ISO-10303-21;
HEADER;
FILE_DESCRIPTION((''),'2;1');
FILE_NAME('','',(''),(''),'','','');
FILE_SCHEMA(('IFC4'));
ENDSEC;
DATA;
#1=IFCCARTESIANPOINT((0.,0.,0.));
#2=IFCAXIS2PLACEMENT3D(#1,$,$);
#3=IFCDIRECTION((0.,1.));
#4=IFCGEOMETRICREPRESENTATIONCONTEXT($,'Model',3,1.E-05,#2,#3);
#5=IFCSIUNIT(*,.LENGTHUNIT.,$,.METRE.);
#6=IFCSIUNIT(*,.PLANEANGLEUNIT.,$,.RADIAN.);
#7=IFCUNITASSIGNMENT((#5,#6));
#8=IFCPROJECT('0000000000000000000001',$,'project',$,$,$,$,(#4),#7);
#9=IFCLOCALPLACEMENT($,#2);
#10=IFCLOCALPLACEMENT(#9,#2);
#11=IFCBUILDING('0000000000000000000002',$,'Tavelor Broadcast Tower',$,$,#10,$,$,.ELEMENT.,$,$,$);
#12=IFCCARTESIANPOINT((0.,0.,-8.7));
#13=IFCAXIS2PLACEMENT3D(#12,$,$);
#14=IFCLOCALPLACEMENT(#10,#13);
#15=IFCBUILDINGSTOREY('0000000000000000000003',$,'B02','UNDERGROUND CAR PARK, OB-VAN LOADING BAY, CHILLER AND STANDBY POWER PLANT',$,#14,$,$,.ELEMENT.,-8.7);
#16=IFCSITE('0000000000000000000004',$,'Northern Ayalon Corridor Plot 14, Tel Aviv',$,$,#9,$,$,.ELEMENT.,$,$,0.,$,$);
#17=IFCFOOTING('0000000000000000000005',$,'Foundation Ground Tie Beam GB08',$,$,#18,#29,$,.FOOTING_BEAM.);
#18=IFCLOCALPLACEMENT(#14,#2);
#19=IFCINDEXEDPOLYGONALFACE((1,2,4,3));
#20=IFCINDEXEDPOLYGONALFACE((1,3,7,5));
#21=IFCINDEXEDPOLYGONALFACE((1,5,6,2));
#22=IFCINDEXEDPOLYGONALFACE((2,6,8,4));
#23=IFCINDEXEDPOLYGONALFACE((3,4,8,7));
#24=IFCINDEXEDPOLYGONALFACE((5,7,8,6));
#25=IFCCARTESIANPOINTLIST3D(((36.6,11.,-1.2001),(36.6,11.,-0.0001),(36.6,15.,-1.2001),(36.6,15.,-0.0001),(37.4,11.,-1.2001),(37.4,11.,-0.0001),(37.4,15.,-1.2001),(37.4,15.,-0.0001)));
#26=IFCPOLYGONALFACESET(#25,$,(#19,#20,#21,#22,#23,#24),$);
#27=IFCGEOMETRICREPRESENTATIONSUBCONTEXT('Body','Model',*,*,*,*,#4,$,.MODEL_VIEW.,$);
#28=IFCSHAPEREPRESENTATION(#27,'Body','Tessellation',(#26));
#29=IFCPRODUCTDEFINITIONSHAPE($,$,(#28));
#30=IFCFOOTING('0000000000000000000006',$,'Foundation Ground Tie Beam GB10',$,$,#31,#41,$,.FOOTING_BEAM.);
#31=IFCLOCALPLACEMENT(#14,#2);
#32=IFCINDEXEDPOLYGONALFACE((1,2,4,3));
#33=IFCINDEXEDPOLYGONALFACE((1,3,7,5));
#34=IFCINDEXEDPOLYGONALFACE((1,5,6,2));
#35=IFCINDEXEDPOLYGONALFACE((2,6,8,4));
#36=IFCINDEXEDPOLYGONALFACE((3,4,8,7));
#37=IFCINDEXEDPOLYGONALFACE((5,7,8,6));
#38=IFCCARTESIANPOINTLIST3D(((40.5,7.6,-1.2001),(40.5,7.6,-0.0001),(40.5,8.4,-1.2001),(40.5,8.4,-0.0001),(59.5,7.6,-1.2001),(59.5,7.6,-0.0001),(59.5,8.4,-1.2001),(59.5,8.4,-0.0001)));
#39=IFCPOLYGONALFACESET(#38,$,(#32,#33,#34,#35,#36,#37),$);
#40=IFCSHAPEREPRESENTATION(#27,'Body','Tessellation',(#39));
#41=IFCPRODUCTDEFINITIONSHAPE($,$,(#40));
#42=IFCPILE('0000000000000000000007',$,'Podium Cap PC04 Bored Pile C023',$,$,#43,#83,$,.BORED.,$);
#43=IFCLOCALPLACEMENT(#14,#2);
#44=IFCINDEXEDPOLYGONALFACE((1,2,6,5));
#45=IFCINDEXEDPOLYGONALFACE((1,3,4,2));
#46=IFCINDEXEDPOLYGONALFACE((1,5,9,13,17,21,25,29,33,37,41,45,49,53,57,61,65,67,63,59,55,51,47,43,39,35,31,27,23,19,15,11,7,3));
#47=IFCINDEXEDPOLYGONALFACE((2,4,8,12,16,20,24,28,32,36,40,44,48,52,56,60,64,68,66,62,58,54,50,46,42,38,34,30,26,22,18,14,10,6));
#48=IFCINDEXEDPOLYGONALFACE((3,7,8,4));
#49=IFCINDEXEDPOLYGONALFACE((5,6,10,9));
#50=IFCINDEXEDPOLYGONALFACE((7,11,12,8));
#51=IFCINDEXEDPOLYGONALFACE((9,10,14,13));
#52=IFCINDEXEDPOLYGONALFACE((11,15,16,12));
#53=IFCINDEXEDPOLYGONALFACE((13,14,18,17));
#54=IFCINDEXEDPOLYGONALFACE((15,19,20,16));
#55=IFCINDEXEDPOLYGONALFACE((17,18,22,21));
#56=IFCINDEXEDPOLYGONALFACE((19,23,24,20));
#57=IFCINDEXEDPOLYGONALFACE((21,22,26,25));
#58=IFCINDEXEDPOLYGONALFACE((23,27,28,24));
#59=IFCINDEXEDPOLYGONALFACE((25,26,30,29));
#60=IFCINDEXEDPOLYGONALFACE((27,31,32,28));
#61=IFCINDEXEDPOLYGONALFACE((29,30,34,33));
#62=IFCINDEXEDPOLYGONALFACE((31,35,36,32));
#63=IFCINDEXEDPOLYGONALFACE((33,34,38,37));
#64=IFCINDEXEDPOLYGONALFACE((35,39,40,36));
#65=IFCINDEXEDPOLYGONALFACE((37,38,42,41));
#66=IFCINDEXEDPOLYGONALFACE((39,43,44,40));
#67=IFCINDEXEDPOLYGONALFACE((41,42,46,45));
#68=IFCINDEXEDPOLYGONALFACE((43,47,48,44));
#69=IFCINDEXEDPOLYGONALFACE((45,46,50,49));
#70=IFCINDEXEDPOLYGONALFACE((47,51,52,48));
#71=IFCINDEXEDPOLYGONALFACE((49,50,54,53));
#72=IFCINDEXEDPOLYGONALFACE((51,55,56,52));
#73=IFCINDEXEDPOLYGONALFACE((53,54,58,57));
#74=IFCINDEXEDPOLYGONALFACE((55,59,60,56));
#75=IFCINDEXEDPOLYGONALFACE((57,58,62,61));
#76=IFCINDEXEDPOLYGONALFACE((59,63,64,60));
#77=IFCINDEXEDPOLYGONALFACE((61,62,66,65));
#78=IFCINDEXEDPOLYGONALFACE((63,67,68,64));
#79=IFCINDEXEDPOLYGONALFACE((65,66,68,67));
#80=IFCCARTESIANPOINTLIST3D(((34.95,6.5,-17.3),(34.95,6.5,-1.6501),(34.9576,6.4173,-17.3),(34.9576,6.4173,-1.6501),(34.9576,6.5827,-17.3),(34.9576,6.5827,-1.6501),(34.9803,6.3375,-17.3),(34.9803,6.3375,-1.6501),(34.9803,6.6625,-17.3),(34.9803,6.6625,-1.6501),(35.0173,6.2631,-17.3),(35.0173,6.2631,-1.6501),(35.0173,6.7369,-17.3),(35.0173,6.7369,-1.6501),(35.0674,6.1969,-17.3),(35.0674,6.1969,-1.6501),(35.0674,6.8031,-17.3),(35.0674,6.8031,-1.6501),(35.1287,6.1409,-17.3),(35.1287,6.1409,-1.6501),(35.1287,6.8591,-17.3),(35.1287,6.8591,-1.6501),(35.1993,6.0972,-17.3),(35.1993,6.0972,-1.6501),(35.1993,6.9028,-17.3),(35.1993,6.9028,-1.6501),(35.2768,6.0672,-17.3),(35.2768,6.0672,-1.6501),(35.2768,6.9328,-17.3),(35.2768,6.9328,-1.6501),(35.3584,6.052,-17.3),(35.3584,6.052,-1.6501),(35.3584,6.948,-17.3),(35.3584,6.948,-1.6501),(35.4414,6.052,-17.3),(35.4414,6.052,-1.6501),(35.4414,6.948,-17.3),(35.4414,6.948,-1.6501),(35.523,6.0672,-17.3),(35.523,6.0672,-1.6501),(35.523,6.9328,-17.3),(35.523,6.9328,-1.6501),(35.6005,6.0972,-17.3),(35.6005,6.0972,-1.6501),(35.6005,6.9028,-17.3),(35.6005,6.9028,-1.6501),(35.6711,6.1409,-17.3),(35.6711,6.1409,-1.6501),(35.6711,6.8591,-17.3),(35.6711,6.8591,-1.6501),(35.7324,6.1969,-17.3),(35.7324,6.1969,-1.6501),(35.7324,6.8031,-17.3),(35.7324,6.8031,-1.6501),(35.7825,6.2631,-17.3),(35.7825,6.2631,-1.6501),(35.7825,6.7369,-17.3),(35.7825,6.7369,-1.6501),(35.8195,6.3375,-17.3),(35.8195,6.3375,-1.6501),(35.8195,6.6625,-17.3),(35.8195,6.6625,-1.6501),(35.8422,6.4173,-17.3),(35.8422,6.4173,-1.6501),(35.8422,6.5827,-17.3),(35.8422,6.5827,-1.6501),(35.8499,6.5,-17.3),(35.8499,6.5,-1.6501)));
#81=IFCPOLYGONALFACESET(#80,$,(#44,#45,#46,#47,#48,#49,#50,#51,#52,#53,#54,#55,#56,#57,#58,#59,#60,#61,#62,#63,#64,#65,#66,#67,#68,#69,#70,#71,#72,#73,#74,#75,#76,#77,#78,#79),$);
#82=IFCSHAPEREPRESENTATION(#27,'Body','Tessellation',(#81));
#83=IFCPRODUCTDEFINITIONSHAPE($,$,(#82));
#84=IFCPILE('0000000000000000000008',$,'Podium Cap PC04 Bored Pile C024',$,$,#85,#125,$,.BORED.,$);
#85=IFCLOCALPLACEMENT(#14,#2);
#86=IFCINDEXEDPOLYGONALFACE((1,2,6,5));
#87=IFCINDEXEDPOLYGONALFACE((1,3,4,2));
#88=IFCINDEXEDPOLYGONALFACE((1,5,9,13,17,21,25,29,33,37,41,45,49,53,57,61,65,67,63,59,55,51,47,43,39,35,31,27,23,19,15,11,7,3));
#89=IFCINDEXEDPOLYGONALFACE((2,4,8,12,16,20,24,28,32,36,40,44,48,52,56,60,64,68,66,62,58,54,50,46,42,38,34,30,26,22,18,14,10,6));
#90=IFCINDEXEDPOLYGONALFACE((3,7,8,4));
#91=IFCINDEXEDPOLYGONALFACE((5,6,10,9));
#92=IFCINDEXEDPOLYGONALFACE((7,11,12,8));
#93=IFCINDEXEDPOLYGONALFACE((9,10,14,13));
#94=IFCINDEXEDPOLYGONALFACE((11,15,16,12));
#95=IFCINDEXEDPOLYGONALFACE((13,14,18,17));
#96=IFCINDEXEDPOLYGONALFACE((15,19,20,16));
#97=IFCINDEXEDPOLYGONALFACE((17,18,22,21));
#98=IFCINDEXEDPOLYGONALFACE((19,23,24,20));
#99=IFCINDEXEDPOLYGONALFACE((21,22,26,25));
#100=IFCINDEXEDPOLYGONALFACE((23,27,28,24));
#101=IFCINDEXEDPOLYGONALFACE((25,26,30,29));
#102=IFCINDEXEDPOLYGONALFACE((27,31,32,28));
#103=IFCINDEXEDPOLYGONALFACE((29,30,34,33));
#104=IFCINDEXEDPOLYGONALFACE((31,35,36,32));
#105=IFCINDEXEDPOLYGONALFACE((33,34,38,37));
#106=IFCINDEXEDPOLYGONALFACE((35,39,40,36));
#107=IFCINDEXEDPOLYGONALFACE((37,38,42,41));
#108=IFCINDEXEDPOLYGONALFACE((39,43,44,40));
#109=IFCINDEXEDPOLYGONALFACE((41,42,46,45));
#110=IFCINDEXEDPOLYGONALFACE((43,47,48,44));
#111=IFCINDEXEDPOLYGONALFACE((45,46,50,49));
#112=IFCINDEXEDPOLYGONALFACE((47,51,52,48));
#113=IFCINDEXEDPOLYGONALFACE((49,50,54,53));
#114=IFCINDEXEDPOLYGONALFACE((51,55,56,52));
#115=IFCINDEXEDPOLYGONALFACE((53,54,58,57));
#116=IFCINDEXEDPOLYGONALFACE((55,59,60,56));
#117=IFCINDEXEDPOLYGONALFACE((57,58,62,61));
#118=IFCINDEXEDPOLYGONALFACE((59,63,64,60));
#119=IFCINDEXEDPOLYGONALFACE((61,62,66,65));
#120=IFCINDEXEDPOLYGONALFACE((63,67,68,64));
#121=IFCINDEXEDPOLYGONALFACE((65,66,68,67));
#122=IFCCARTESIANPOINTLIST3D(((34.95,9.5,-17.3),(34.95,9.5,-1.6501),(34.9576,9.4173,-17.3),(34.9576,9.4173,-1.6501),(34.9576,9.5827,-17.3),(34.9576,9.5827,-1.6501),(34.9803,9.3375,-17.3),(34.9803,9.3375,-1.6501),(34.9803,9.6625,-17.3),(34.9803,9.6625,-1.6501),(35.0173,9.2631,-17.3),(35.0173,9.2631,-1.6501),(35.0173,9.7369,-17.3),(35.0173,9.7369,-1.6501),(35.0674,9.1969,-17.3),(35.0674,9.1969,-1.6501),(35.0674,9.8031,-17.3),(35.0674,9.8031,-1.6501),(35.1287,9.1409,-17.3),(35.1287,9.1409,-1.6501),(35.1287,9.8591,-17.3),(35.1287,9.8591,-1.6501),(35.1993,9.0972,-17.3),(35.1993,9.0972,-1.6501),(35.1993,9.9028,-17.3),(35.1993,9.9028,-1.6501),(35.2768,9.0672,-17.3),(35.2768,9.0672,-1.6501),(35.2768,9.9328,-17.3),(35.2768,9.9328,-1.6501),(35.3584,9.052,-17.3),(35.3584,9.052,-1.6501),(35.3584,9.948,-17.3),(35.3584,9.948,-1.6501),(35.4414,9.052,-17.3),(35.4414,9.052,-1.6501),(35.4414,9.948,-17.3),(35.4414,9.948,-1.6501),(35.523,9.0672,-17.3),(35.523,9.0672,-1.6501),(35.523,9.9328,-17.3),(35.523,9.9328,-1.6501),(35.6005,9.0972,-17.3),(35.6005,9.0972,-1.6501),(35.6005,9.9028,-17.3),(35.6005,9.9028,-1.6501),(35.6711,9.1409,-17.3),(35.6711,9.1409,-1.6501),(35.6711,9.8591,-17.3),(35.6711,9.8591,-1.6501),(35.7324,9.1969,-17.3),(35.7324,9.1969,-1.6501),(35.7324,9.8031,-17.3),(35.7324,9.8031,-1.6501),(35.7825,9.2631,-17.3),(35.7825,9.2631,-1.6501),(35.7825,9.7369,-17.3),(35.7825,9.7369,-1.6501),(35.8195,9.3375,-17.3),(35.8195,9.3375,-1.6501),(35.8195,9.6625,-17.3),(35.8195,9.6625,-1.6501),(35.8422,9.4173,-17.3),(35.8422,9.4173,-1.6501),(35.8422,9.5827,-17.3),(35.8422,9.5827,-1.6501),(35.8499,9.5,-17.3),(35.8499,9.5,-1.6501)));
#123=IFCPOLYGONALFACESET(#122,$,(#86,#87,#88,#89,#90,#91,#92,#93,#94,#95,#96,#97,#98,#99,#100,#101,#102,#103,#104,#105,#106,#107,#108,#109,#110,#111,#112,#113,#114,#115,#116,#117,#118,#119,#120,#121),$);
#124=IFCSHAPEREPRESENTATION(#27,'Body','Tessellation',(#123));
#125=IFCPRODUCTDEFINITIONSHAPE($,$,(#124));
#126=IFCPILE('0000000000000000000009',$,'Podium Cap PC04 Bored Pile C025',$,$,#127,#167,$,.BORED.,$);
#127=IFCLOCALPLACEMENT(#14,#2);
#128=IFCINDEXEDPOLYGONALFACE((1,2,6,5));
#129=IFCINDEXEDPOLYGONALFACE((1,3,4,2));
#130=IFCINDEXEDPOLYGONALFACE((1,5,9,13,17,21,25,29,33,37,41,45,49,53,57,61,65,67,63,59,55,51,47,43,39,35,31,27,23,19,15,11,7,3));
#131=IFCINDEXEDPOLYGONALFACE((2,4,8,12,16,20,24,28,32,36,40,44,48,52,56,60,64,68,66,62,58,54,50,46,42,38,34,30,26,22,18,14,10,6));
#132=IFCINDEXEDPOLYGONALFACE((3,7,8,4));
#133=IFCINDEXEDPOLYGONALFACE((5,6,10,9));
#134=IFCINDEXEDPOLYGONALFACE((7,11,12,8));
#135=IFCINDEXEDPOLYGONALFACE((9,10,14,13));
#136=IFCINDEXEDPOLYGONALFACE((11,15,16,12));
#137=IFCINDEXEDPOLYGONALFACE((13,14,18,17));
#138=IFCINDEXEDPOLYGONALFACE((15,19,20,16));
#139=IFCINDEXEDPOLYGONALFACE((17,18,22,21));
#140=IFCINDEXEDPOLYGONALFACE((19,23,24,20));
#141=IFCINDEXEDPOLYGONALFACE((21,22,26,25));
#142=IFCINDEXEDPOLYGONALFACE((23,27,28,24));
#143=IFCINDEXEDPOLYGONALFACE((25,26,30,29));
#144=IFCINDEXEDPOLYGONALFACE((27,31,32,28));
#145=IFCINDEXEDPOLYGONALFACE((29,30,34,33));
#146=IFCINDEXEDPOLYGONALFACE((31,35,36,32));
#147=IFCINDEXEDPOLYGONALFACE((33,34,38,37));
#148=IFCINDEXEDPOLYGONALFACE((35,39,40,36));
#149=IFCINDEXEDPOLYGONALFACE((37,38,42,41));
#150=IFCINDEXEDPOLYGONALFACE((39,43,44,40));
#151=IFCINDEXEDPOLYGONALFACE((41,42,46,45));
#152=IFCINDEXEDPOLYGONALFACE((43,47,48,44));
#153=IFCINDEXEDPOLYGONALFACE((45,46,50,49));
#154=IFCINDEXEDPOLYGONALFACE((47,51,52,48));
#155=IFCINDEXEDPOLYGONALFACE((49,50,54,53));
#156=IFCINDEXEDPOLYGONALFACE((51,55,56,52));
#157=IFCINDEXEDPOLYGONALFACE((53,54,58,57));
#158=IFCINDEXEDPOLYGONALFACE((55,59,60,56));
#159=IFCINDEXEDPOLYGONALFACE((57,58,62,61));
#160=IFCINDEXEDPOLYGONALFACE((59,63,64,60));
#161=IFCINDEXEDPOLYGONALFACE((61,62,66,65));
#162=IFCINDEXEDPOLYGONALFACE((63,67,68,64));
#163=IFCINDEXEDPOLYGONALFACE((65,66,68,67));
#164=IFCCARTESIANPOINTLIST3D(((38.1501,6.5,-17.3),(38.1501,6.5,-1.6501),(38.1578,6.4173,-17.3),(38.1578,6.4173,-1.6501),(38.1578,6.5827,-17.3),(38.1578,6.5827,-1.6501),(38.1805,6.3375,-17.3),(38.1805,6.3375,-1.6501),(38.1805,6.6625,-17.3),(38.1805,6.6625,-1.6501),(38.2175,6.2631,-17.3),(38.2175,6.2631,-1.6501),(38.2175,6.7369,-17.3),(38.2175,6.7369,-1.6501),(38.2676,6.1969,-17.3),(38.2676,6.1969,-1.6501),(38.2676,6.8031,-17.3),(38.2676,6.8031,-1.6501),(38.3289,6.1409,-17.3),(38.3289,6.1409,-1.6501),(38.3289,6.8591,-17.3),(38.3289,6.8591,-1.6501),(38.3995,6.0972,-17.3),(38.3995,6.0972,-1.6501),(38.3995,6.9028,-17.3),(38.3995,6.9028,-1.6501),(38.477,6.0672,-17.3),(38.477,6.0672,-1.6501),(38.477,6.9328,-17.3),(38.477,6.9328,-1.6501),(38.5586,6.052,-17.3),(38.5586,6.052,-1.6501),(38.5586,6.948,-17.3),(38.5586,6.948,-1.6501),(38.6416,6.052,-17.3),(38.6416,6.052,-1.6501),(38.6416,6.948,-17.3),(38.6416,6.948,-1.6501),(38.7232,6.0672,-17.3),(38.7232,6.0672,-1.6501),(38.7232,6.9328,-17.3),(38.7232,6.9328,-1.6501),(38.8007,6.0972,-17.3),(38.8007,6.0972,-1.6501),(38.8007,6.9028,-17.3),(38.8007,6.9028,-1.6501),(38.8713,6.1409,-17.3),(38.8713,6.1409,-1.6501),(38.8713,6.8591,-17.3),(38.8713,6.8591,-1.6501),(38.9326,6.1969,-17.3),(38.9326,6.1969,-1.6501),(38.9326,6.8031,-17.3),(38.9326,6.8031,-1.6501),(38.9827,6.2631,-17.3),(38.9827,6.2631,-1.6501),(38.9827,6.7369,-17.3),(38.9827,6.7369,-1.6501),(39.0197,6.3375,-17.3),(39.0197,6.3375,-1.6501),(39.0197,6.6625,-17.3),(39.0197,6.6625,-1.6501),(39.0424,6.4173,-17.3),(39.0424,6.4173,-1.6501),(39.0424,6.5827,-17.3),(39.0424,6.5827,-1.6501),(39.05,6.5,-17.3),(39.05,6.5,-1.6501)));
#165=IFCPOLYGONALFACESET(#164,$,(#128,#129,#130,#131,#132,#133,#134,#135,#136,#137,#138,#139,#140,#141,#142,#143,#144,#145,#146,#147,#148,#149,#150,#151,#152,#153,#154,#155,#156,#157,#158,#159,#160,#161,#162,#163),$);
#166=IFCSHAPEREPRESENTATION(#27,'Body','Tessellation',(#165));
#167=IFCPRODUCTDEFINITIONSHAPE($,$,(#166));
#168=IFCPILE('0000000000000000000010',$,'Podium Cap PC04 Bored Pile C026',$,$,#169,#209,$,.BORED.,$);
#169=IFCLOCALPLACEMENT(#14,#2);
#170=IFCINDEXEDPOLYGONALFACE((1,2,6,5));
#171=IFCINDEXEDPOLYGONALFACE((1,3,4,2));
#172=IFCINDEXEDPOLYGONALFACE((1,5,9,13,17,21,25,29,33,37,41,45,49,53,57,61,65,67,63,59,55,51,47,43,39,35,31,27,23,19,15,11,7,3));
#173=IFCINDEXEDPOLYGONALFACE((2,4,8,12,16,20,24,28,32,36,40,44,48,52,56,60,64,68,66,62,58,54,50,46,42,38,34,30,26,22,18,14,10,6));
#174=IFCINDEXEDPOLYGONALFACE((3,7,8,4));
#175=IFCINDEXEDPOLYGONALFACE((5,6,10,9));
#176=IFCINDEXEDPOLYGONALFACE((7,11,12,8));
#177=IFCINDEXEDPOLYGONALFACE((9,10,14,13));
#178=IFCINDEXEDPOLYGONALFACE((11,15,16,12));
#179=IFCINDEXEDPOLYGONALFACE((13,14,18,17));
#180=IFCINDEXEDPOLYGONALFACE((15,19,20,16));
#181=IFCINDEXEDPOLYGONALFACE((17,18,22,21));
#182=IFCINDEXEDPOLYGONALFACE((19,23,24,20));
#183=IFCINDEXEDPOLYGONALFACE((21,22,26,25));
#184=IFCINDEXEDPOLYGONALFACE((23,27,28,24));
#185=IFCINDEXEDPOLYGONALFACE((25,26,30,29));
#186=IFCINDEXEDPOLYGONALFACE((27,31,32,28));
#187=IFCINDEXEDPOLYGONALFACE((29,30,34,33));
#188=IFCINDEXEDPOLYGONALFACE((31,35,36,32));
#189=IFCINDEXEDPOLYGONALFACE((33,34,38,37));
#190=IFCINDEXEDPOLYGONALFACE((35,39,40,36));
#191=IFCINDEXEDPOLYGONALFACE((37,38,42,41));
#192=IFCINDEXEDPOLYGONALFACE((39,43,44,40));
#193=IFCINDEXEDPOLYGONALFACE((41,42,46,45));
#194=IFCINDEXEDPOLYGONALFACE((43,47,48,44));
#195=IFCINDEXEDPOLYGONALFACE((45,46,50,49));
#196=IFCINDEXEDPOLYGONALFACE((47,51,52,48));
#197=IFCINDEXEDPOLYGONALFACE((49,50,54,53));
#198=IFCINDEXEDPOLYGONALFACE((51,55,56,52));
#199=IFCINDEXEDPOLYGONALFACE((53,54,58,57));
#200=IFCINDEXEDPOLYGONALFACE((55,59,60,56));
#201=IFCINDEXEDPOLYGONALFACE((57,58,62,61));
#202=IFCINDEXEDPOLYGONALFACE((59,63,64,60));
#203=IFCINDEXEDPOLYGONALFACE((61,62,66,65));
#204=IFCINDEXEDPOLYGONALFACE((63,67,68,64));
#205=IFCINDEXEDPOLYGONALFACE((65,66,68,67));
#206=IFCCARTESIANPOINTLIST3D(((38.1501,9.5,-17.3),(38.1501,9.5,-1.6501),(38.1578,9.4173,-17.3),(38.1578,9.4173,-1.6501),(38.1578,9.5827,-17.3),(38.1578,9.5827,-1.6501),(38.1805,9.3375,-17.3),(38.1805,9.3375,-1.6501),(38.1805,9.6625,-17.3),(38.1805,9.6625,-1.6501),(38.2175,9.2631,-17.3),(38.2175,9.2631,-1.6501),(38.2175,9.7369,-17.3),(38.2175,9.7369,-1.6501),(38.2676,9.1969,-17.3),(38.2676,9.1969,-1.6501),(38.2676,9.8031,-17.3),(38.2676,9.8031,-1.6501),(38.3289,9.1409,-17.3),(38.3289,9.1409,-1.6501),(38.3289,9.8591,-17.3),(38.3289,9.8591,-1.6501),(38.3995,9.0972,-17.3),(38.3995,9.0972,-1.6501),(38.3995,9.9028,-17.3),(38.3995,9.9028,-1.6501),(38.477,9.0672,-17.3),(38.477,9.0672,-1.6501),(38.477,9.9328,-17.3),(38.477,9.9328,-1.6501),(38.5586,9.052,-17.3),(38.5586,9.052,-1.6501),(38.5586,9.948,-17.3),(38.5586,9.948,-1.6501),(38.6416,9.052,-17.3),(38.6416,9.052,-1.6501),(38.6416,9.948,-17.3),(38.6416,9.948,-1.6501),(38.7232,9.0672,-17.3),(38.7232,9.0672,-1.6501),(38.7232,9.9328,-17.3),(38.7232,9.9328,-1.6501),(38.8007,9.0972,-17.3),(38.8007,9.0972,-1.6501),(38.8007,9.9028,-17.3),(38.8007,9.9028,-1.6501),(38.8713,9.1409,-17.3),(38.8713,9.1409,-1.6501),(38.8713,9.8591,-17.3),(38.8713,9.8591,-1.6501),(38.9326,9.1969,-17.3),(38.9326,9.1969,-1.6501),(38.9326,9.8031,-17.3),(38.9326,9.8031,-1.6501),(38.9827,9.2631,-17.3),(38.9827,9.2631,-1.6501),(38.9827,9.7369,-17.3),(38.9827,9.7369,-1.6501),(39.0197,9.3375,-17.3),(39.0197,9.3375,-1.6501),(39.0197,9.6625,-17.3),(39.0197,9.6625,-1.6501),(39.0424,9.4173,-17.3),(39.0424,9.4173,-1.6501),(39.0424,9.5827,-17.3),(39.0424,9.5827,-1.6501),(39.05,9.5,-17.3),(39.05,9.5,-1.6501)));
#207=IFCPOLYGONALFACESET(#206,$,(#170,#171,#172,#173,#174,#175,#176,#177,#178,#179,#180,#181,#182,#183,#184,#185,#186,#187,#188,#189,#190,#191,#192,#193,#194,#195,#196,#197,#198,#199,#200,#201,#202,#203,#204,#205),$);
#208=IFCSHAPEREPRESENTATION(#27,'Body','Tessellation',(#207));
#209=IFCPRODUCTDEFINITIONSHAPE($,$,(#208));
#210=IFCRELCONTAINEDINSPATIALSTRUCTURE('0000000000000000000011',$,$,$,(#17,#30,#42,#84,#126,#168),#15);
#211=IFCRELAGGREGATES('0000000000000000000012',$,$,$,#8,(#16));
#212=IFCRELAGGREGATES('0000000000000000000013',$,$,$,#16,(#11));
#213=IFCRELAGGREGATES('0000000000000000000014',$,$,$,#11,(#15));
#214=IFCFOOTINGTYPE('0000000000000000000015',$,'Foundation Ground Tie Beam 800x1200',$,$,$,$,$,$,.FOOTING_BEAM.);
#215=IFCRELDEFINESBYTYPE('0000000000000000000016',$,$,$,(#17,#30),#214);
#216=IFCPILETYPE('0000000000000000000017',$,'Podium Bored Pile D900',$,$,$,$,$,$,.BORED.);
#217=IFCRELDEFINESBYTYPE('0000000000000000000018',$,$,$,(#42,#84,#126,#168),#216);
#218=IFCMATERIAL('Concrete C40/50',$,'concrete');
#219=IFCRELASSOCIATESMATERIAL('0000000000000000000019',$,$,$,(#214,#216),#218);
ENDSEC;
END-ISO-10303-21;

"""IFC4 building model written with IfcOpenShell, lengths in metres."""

from ifc_helpers import new_model, si_unit, direction, frame, origin, origin_2d, place, context, subcontext, project, spatial, rectangle, circle, extrude, material, material_profile, profile_set, type_object, element, save


model = new_model("IFC4")

# Units and contexts
model_context = context("Model", 3, precision=1e-05, world=origin(), true_north=direction((0.0, 1.0)))
body_context = subcontext(model_context, "Body", "Model", "MODEL_VIEW")
ifc_project = project(units=[si_unit("LENGTHUNIT", "METRE"), si_unit("PLANEANGLEUNIT", "RADIAN")], contexts=[model_context])

# Site, building, storey
site_placement = place(None, origin())
site = spatial("IfcSite", under=ifc_project, at=site_placement, Name="Northern Ayalon Corridor Plot 14, Tel Aviv", CompositionType="ELEMENT", RefElevation=0.0)
building_placement = place(site_placement, origin())
building = spatial("IfcBuilding", under=site, at=building_placement, Name="Tavelor Broadcast Tower", CompositionType="ELEMENT")
storey_placement = place(building_placement, frame((0.0, 0.0, -8.7)))
storey = spatial("IfcBuildingStorey", under=building, at=storey_placement, Name="B02", Description="UNDERGROUND CAR PARK, OB-VAN LOADING BAY, CHILLER AND STANDBY POWER PLANT", CompositionType="ELEMENT", Elevation=-8.7)

# Footings
ifc_material_1 = material(Name="Concrete C40/50", Category="concrete")
ifc_material_profile_1 = material_profile(ifc_material_1, rectangle(XDim=0.8, YDim=1.2, at=origin_2d()), Name="RC 800x1200")
ifc_profile_set_1 = profile_set([ifc_material_profile_1], Name="Concrete C40/50")
footing_type = type_object("IfcFootingType", Name="Foundation Ground Tie Beam 800x1200", PredefinedType="FOOTING_BEAM", material=ifc_profile_set_1)
footing_1_placement = place(storey_placement, frame((37.0, 11.0, -0.6001), z_axis=(0.0, 1.0, 0.0), x_axis=(-1.0, 0.0, 0.0)))
element("IfcFooting", 1, at=footing_1_placement, inside=storey, type_object=footing_type, Name="Foundation Ground Tie Beam GB08", PredefinedType="FOOTING_BEAM", context=body_context, shape_type="SweptSolid", body=[
    extrude(rectangle(XDim=0.8, YDim=1.2, at=origin_2d()), origin(), (0.0, 0.0, 1.0), 4.0),
])
footing_2_placement = place(storey_placement, frame((40.5, 8.0, -0.6001), z_axis=(1.0, 0.0, 0.0), x_axis=(0.0, 1.0, 0.0)))
element("IfcFooting", 2, at=footing_2_placement, inside=storey, type_object=footing_type, Name="Foundation Ground Tie Beam GB10", PredefinedType="FOOTING_BEAM", context=body_context, shape_type="SweptSolid", body=[
    extrude(rectangle(XDim=0.8, YDim=1.2, at=origin_2d()), origin(), (0.0, 0.0, 1.0), 19.0),
])

# Piles
ifc_material_profile_2 = material_profile(ifc_material_1, circle(Radius=0.45, at=origin_2d()), Name="PILE D900")
ifc_profile_set_2 = profile_set([ifc_material_profile_2], Name="Concrete C40/50")
pile_type_1 = type_object("IfcPileType", Name="Podium Bored Pile D900", PredefinedType="BORED", material=ifc_profile_set_2)
for number, where, z_axis, x_axis, name in (
    (3, (35.3999, 6.5, -1.6501), (0.0, 0.0, -1.0), (1.0, 0.0, 0.0), "Podium Cap PC04 Bored Pile C023"),
    (4, (35.3999, 9.5, -1.6501), (0.0, 0.0, -1.0), (1.0, 0.0, 0.0), "Podium Cap PC04 Bored Pile C024"),
    (5, (38.6001, 6.5, -1.6501), (0.0, 0.0, -1.0), (1.0, 0.0, 0.0), "Podium Cap PC04 Bored Pile C025"),
    (6, (38.6001, 9.5, -1.6501), (0.0, 0.0, -1.0), (1.0, 0.0, 0.0), "Podium Cap PC04 Bored Pile C026"),
):
    element("IfcPile", number, at=place(storey_placement, frame(where, z_axis=z_axis, x_axis=x_axis)), inside=storey, type_object=pile_type_1, Name=name, PredefinedType="BORED", context=body_context, shape_type="SweptSolid", body=[
        extrude(circle(Radius=0.45, at=origin_2d()), origin(), (0.0, 0.0, 1.0), 15.6499),
    ])

save(model, "model.ifc")
